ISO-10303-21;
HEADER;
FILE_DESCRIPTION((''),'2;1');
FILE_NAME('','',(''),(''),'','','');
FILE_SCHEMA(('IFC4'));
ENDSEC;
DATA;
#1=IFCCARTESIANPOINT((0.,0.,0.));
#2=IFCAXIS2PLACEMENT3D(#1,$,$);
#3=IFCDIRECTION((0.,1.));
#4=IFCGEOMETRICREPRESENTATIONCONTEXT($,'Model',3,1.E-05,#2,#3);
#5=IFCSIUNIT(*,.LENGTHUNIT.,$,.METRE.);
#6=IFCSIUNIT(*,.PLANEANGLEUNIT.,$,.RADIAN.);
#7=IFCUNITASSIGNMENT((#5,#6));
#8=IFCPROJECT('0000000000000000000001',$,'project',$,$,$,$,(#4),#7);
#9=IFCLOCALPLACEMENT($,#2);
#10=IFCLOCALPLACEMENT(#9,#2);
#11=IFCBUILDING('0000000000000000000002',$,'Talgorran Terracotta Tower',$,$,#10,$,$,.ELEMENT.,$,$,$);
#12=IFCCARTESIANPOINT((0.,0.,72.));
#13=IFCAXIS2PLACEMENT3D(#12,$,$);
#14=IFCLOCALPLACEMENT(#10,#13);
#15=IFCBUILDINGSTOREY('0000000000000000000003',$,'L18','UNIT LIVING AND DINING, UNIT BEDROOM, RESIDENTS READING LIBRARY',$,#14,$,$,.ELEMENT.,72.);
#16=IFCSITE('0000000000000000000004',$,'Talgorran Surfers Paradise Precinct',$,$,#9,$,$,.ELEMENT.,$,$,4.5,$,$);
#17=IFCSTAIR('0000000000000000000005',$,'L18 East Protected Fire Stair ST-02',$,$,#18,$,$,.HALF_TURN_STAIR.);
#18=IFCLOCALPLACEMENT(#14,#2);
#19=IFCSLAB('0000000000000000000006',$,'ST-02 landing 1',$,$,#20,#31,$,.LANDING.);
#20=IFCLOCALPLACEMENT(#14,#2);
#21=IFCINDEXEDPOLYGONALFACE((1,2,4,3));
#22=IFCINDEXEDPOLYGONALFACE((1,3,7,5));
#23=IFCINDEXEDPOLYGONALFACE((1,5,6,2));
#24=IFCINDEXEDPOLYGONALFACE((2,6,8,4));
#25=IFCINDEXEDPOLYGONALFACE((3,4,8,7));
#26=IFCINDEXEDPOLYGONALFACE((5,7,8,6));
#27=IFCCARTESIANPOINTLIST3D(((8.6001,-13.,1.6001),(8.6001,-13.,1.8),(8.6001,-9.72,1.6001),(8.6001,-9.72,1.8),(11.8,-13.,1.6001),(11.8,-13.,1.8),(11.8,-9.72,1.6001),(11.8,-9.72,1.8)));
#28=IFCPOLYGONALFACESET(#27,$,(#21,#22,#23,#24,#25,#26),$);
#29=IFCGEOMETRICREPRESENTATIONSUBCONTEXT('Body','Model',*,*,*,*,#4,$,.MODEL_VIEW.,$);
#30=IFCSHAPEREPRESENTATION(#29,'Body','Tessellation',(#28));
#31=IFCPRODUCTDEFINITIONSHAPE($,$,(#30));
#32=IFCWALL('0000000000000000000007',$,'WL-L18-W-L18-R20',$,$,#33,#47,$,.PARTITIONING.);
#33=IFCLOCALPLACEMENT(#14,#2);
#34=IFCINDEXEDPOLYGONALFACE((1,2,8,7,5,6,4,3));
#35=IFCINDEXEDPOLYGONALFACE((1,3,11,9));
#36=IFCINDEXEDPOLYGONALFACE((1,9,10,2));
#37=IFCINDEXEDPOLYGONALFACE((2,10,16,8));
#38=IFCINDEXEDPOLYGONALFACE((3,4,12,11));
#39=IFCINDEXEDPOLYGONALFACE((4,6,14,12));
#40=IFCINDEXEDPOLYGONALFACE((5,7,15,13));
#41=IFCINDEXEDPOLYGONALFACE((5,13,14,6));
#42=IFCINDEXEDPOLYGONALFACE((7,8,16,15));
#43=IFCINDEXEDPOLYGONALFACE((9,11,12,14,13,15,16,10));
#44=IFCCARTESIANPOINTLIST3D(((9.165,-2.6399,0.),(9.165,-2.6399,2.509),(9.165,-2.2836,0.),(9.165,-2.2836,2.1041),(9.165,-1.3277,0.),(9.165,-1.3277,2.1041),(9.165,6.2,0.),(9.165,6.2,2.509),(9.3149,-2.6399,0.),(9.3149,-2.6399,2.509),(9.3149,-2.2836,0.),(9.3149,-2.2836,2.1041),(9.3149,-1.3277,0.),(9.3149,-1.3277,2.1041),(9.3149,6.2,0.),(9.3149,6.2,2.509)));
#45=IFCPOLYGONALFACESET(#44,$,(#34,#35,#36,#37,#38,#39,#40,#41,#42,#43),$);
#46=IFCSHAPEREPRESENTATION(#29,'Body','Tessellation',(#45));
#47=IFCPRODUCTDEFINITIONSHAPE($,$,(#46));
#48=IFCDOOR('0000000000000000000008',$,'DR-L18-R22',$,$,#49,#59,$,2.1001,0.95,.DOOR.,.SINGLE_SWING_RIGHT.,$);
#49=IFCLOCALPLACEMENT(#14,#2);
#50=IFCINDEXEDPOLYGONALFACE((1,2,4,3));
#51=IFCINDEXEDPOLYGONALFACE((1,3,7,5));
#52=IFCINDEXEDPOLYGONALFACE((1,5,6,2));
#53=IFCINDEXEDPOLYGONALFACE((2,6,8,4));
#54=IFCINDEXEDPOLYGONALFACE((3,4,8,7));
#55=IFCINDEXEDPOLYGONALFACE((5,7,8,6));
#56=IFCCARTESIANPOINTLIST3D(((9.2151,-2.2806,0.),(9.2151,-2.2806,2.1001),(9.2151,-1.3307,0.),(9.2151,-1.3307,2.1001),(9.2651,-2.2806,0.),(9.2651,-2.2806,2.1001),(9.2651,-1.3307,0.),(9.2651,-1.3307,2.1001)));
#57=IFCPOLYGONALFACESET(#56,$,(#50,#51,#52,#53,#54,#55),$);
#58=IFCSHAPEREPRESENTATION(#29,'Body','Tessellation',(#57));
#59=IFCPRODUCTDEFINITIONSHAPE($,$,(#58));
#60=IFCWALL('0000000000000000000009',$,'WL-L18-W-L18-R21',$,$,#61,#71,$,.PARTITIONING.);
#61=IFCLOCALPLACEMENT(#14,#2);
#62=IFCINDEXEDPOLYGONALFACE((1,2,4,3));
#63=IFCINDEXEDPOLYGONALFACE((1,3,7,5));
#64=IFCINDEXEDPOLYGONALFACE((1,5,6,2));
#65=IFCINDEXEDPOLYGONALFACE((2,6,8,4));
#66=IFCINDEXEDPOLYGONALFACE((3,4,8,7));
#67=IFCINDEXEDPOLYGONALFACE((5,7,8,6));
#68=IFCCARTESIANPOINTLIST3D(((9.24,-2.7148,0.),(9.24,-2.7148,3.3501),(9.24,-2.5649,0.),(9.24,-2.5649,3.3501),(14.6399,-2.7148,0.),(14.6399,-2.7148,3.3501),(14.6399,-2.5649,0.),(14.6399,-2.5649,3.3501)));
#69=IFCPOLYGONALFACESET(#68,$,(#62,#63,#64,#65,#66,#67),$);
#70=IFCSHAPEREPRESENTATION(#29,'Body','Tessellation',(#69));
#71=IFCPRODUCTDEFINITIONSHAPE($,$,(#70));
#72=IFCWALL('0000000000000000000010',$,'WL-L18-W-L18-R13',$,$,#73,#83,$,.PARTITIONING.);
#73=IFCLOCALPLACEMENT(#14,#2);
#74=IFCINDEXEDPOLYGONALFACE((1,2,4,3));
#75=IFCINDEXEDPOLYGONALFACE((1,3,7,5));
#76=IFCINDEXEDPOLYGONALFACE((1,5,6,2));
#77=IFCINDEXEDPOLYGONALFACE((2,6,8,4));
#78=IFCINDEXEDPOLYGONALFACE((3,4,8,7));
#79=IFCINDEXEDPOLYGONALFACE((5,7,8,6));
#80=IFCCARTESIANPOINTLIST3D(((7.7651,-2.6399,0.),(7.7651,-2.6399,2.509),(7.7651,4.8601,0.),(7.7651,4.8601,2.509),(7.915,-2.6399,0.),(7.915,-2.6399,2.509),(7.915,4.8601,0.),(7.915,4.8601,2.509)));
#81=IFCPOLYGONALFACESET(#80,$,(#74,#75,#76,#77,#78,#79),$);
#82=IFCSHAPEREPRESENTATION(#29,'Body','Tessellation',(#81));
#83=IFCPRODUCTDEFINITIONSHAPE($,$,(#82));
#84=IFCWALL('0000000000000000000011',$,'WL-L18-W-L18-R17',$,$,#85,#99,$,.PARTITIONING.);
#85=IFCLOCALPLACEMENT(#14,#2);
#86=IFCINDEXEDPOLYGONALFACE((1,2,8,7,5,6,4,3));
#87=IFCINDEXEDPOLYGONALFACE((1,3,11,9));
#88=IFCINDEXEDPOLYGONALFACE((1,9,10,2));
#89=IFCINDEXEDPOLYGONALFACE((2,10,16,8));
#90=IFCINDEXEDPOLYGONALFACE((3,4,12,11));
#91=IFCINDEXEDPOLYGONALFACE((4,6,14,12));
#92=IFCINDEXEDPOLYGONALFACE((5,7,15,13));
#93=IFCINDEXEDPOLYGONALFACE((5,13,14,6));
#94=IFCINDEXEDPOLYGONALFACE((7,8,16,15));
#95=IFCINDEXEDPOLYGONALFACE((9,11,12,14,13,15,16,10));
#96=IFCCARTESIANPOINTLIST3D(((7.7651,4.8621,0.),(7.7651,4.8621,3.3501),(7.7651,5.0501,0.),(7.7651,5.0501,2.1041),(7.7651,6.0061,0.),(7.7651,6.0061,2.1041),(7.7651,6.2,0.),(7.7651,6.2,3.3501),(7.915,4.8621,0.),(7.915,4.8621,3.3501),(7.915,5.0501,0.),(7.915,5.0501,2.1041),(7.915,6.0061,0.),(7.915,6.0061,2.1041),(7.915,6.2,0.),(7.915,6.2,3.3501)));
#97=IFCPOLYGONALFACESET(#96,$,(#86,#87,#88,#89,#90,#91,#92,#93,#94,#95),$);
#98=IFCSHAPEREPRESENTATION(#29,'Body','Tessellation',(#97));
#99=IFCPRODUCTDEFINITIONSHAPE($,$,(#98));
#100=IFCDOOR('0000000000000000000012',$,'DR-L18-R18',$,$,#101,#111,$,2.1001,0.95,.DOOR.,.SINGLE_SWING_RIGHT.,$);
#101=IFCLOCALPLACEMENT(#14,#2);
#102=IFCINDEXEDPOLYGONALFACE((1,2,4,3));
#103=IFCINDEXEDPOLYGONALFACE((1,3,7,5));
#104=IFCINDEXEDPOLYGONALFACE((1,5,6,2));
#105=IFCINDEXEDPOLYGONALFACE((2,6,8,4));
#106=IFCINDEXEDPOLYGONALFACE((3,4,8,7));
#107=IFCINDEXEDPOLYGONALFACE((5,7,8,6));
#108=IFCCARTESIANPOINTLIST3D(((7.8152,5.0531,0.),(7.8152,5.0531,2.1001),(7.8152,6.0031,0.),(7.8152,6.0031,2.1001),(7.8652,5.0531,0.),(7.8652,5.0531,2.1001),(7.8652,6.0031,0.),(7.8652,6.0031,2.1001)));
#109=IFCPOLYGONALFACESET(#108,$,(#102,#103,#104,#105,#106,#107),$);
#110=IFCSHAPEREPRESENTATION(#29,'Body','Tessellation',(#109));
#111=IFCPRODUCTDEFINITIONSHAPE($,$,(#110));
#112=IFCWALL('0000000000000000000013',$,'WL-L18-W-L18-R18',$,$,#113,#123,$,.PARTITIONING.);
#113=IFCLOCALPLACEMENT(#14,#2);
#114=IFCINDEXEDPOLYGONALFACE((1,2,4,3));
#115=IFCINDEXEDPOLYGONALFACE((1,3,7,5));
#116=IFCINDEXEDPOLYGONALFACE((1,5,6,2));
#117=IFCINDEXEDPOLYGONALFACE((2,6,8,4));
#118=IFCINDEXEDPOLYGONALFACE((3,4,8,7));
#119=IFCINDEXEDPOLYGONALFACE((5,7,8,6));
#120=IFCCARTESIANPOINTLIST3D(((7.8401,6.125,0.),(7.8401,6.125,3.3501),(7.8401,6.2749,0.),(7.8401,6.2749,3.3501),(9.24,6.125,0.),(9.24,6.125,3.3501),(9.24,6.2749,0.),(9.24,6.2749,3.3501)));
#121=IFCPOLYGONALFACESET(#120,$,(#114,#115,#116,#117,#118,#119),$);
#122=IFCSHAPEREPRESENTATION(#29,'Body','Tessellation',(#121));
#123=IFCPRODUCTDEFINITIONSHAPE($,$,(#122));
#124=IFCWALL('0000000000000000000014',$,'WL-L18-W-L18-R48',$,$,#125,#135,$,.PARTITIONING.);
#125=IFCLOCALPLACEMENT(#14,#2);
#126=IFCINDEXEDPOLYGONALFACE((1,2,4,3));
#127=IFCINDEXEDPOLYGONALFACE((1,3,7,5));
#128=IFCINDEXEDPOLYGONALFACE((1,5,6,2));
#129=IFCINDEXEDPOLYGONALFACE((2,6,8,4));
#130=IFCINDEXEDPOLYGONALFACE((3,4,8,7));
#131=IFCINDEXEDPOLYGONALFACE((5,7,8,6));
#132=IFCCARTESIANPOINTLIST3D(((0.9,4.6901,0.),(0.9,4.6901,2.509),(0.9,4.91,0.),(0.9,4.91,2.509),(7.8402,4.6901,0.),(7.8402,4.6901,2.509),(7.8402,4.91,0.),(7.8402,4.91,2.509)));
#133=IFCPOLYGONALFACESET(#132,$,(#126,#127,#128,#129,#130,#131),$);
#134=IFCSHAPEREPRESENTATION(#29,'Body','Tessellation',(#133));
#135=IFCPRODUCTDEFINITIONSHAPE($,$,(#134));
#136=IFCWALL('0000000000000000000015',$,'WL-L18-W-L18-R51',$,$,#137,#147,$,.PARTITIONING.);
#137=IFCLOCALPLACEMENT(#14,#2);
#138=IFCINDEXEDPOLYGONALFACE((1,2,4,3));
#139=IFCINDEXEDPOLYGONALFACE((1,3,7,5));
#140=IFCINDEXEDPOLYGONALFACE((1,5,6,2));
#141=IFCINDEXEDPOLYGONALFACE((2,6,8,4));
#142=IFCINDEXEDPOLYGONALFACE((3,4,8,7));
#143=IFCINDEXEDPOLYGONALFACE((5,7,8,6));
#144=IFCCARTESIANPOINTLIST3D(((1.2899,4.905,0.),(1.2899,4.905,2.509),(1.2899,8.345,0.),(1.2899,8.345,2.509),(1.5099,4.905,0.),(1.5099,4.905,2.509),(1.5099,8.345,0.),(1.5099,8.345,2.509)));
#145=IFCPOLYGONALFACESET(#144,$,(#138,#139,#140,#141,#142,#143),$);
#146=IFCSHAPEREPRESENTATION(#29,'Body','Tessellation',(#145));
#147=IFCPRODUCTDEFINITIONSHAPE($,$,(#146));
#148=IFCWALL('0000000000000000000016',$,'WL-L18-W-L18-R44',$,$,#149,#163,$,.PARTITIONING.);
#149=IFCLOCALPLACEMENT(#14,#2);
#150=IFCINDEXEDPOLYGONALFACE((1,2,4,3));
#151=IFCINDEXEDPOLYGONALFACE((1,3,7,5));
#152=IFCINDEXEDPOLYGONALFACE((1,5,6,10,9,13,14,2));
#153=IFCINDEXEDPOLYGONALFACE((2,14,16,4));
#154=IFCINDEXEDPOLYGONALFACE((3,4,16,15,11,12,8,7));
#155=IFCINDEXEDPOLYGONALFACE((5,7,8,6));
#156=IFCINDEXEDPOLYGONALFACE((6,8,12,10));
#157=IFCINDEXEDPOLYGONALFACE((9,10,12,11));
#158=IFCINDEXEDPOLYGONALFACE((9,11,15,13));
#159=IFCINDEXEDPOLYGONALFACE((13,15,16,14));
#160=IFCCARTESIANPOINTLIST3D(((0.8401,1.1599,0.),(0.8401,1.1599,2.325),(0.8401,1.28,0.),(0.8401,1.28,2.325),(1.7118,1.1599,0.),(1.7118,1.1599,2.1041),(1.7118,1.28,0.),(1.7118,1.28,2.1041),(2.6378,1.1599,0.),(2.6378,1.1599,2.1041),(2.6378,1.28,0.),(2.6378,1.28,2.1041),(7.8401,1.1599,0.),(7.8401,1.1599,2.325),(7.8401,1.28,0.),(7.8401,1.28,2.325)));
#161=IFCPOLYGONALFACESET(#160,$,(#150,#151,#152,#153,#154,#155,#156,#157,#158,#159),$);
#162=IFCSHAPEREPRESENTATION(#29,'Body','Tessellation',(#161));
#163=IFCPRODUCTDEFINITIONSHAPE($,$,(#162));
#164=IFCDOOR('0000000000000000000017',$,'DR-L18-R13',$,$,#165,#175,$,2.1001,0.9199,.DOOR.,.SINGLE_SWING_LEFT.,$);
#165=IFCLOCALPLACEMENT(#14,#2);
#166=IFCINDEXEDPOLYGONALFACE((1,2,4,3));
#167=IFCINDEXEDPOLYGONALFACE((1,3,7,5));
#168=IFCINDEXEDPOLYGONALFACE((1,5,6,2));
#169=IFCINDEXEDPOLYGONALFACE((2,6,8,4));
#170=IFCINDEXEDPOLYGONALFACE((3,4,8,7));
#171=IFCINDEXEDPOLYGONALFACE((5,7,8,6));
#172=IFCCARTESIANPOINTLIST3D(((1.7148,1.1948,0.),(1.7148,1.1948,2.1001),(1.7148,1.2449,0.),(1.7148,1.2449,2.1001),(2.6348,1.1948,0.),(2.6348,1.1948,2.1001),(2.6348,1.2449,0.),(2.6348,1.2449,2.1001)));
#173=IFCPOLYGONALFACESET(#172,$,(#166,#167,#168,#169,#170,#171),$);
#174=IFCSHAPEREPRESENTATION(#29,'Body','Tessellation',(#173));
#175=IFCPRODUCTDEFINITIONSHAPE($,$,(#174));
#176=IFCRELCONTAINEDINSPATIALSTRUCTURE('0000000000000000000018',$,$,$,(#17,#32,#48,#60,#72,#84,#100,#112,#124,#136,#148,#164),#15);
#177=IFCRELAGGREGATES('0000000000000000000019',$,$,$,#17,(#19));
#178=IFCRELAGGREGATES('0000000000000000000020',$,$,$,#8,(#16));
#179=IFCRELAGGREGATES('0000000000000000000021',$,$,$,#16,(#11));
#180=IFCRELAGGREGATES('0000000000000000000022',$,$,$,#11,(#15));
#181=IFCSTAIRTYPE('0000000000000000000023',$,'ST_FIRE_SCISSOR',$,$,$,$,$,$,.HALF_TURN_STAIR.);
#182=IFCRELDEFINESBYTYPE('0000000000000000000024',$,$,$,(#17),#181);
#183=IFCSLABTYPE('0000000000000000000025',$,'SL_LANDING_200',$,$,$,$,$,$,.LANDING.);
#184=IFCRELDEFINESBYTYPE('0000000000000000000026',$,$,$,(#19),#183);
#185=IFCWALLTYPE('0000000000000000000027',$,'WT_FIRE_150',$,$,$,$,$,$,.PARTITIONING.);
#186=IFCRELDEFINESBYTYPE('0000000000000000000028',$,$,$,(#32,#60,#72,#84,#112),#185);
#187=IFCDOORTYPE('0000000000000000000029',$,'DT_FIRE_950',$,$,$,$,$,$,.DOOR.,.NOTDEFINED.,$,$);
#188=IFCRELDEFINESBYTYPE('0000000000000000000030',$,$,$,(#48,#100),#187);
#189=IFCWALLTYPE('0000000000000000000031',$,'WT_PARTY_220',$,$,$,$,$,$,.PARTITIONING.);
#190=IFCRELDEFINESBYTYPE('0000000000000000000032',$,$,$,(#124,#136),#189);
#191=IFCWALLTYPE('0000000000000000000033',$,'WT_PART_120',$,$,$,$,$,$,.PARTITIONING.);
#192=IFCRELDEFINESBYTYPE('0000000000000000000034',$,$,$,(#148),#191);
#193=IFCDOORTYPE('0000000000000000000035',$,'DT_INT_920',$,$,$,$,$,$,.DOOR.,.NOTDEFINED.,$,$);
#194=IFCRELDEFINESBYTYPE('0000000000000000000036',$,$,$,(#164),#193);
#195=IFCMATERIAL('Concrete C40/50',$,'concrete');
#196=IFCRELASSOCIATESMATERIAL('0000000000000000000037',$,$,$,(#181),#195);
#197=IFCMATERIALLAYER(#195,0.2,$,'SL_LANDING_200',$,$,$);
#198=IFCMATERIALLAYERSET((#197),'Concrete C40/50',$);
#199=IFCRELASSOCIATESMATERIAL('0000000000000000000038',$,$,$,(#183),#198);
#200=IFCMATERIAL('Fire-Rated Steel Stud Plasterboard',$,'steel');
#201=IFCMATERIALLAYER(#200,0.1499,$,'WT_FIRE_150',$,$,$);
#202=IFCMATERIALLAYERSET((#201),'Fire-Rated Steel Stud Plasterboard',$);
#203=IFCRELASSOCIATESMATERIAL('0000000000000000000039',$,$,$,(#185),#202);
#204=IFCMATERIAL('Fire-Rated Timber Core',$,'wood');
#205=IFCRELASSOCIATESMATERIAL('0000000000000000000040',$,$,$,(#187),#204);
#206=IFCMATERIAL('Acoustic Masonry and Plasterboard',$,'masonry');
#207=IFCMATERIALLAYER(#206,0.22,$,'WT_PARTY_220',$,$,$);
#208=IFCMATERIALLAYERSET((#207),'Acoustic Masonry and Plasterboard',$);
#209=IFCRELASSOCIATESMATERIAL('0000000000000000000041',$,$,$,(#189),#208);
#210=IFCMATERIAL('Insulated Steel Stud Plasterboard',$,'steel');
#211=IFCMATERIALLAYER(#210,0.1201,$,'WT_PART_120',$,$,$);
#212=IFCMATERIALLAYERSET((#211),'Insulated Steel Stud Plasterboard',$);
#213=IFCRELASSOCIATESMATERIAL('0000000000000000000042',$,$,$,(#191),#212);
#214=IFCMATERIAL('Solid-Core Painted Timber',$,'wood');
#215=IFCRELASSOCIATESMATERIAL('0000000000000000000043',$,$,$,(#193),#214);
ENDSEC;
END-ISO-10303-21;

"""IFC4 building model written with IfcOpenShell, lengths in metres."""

from ifc_helpers import new_model, si_unit, direction, frame, frame_2d, origin, place, context, subcontext, project, spatial, polyline, rectangle, outline, extrude, material, layer, layer_set, type_object, element, fill, aggregate, save


model = new_model("IFC4")

# Units and contexts
model_context = context("Model", 3, precision=1e-05, world=origin(), true_north=direction((0.0, 1.0)))
body_context = subcontext(model_context, "Body", "Model", "MODEL_VIEW")
ifc_project = project(units=[si_unit("LENGTHUNIT", "METRE"), si_unit("PLANEANGLEUNIT", "RADIAN")], contexts=[model_context])

# Site, building, storey
site_placement = place(None, origin())
site = spatial("IfcSite", under=ifc_project, at=site_placement, Name="Talgorran Surfers Paradise Precinct", CompositionType="ELEMENT", RefElevation=4.5)
building_placement = place(site_placement, origin())
building = spatial("IfcBuilding", under=site, at=building_placement, Name="Talgorran Terracotta Tower", CompositionType="ELEMENT")
storey_placement = place(building_placement, frame((0.0, 0.0, 72.0)))
storey = spatial("IfcBuildingStorey", under=building, at=storey_placement, Name="L18", Description="UNIT LIVING AND DINING, UNIT BEDROOM, RESIDENTS READING LIBRARY", CompositionType="ELEMENT", Elevation=72.0)

# Shared definitions
ifc_material_1 = material(Name="Concrete C40/50", Category="concrete")

# Stair, slab
stair_type = type_object("IfcStairType", Name="ST_FIRE_SCISSOR", PredefinedType="HALF_TURN_STAIR", material=ifc_material_1)
ifc_layer_1 = layer(ifc_material_1, 0.2, Name="SL_LANDING_200")
ifc_layer_set_1 = layer_set([ifc_layer_1], Name="Concrete C40/50")
slab_type_1 = type_object("IfcSlabType", Name="SL_LANDING_200", PredefinedType="LANDING", material=ifc_layer_set_1)
stair_1_placement = place(storey_placement, origin())
stair_1 = element("IfcStair", 1, at=stair_1_placement, inside=storey, type_object=stair_type, Name="L18 East Protected Fire Stair ST-02", PredefinedType="HALF_TURN_STAIR")
slab_1_placement = place(storey_placement, frame((0.0, 0.0, 1.6001)))
slab_1 = element("IfcSlab", 2, at=slab_1_placement, type_object=slab_type_1, Name="ST-02 landing 1", PredefinedType="LANDING", context=body_context, shape_type="SweptSolid", body=[
    extrude(outline(polyline([(8.6001, -9.72), (8.6001, -13.0), (11.8, -13.0), (11.8, -9.72), (8.6001, -9.72)])), origin(), (0.0, 0.0, 1.0), 0.2),
])
aggregate(stair_1, [slab_1])

# Wall, opening, door
ifc_material_2 = material(Name="Fire-Rated Steel Stud Plasterboard", Category="steel")
ifc_layer_2 = layer(ifc_material_2, 0.1499, Name="WT_FIRE_150")
ifc_layer_set_2 = layer_set([ifc_layer_2], Name="Fire-Rated Steel Stud Plasterboard")
wall_type_1 = type_object("IfcWallType", Name="WT_FIRE_150", PredefinedType="PARTITIONING", material=ifc_layer_set_2)
wall_1_placement = place(storey_placement, frame((9.24, -2.6399, 0.0), z_axis=(0.0, 0.0, 1.0), x_axis=(0.0, 1.0, 0.0)))
wall_1 = element("IfcWall", 3, at=wall_1_placement, inside=storey, type_object=wall_type_1, Name="WL-L18-W-L18-R20", PredefinedType="PARTITIONING", context=body_context, shape_type="SweptSolid", body=[
    extrude(rectangle(XDim=8.8398, YDim=0.1499, at=frame_2d((4.4199, 0.0))), origin(), (0.0, 0.0, 1.0), 2.509),
])
opening_1_placement = place(wall_1_placement, frame((0.3591, 0.0, 0.0)))
opening_1 = element("IfcOpeningElement", 4, at=opening_1_placement, cuts=wall_1, PredefinedType="OPENING", context=body_context, shape_type="SweptSolid", body=[
    extrude(rectangle(XDim=0.956, YDim=2.1041, at=frame_2d((0.4751, 1.052))), frame((0.0, 0.085, 0.0), z_axis=(0.0, -1.0, 0.0), x_axis=(1.0, 0.0, 0.0)), (0.0, 0.0, 1.0), 0.1699),
])
ifc_material_3 = material(Name="Fire-Rated Timber Core", Category="wood")
door_type_1 = type_object("IfcDoorType", Name="DT_FIRE_950", OperationType="NOTDEFINED", PredefinedType="DOOR", material=ifc_material_3)
door_1_placement = place(opening_1_placement, origin())
door_1 = element("IfcDoor", 5, at=door_1_placement, inside=storey, type_object=door_type_1, Name="DR-L18-R22", OperationType="SINGLE_SWING_RIGHT", OverallHeight=2.1001, OverallWidth=0.95, PredefinedType="DOOR", context=body_context, shape_type="SweptSolid", body=[
    extrude(rectangle(XDim=0.95, YDim=2.1001, at=frame_2d((0.4751, 1.05))), frame((0.0, 0.0249, 0.0), z_axis=(0.0, -1.0, 0.0), x_axis=(1.0, 0.0, 0.0)), (0.0, 0.0, 1.0), 0.05),
])
fill(opening_1, door_1)

# Walls
wall_2_placement = place(storey_placement, frame((9.24, -2.6399, 0.0), z_axis=(0.0, 0.0, 1.0), x_axis=(1.0, 0.0, 0.0)))
element("IfcWall", 6, at=wall_2_placement, inside=storey, type_object=wall_type_1, Name="WL-L18-W-L18-R21", PredefinedType="PARTITIONING", context=body_context, shape_type="SweptSolid", body=[
    extrude(rectangle(XDim=5.3999, YDim=0.1499, at=frame_2d((2.7, 0.0))), origin(), (0.0, 0.0, 1.0), 3.3501),
])
wall_3_placement = place(storey_placement, frame((7.8401, -2.6399, 0.0), z_axis=(0.0, 0.0, 1.0), x_axis=(0.0, 1.0, 0.0)))
element("IfcWall", 7, at=wall_3_placement, inside=storey, type_object=wall_type_1, Name="WL-L18-W-L18-R13", PredefinedType="PARTITIONING", context=body_context, shape_type="SweptSolid", body=[
    extrude(rectangle(XDim=7.5, YDim=0.1499, at=frame_2d((3.75, 0.0))), origin(), (0.0, 0.0, 1.0), 2.509),
])

# Wall, opening, door
wall_4_placement = place(storey_placement, frame((7.8401, 4.8621, 0.0), z_axis=(0.0, 0.0, 1.0), x_axis=(0.0, 1.0, 0.0)))
wall_4 = element("IfcWall", 8, at=wall_4_placement, inside=storey, type_object=wall_type_1, Name="WL-L18-W-L18-R17", PredefinedType="PARTITIONING", context=body_context, shape_type="SweptSolid", body=[
    extrude(rectangle(XDim=1.3379, YDim=0.1499, at=frame_2d((0.6689, 0.0))), origin(), (0.0, 0.0, 1.0), 3.3501),
])
opening_2_placement = place(wall_4_placement, frame((0.1909, 0.0, 0.0)))
opening_2 = element("IfcOpeningElement", 9, at=opening_2_placement, cuts=wall_4, PredefinedType="OPENING", context=body_context, shape_type="SweptSolid", body=[
    extrude(rectangle(XDim=0.956, YDim=2.1041, at=frame_2d((0.4751, 1.052))), frame((0.0, 0.085, 0.0), z_axis=(0.0, -1.0, 0.0), x_axis=(1.0, 0.0, 0.0)), (0.0, 0.0, 1.0), 0.1699),
])
door_2_placement = place(opening_2_placement, origin())
door_2 = element("IfcDoor", 10, at=door_2_placement, inside=storey, type_object=door_type_1, Name="DR-L18-R18", OperationType="SINGLE_SWING_RIGHT", OverallHeight=2.1001, OverallWidth=0.95, PredefinedType="DOOR", context=body_context, shape_type="SweptSolid", body=[
    extrude(rectangle(XDim=0.95, YDim=2.1001, at=frame_2d((0.4751, 1.05))), frame((0.0, 0.0249, 0.0), z_axis=(0.0, -1.0, 0.0), x_axis=(1.0, 0.0, 0.0)), (0.0, 0.0, 1.0), 0.05),
])
fill(opening_2, door_2)

# Walls
wall_5_placement = place(storey_placement, frame((7.8401, 6.2, 0.0), z_axis=(0.0, 0.0, 1.0), x_axis=(1.0, 0.0, 0.0)))
element("IfcWall", 11, at=wall_5_placement, inside=storey, type_object=wall_type_1, Name="WL-L18-W-L18-R18", PredefinedType="PARTITIONING", context=body_context, shape_type="SweptSolid", body=[
    extrude(rectangle(XDim=1.3999, YDim=0.1499, at=frame_2d((0.7, 0.0))), origin(), (0.0, 0.0, 1.0), 3.3501),
])
ifc_material_4 = material(Name="Acoustic Masonry and Plasterboard", Category="masonry")
ifc_layer_3 = layer(ifc_material_4, 0.22, Name="WT_PARTY_220")
ifc_layer_set_3 = layer_set([ifc_layer_3], Name="Acoustic Masonry and Plasterboard")
wall_type_2 = type_object("IfcWallType", Name="WT_PARTY_220", PredefinedType="PARTITIONING", material=ifc_layer_set_3)
wall_6_placement = place(storey_placement, frame((0.8999, 4.8, 0.0), z_axis=(0.0, 0.0, 1.0), x_axis=(1.0, 0.0, 0.0)))
element("IfcWall", 12, at=wall_6_placement, inside=storey, type_object=wall_type_2, Name="WL-L18-W-L18-R48", PredefinedType="PARTITIONING", context=body_context, shape_type="SweptSolid", body=[
    extrude(rectangle(XDim=6.9402, YDim=0.22, at=frame_2d((3.4702, 0.0))), origin(), (0.0, 0.0, 1.0), 2.509),
])
wall_7_placement = place(storey_placement, frame((1.3999, 4.905, 0.0), z_axis=(0.0, 0.0, 1.0), x_axis=(0.0, 1.0, 0.0)))
element("IfcWall", 13, at=wall_7_placement, inside=storey, type_object=wall_type_2, Name="WL-L18-W-L18-R51", PredefinedType="PARTITIONING", context=body_context, shape_type="SweptSolid", body=[
    extrude(rectangle(XDim=3.4399, YDim=0.22, at=frame_2d((1.72, 0.0))), origin(), (0.0, 0.0, 1.0), 2.509),
])

# Wall, opening, door
ifc_material_5 = material(Name="Insulated Steel Stud Plasterboard", Category="steel")
ifc_layer_4 = layer(ifc_material_5, 0.1201, Name="WT_PART_120")
ifc_layer_set_4 = layer_set([ifc_layer_4], Name="Insulated Steel Stud Plasterboard")
wall_type_3 = type_object("IfcWallType", Name="WT_PART_120", PredefinedType="PARTITIONING", material=ifc_layer_set_4)
wall_8_placement = place(storey_placement, frame((0.8401, 1.22, 0.0), z_axis=(0.0, 0.0, 1.0), x_axis=(1.0, 0.0, 0.0)))
wall_8 = element("IfcWall", 14, at=wall_8_placement, inside=storey, type_object=wall_type_3, Name="WL-L18-W-L18-R44", PredefinedType="PARTITIONING", context=body_context, shape_type="SweptSolid", body=[
    extrude(rectangle(XDim=7.0, YDim=0.1201, at=frame_2d((3.5, 0.0))), origin(), (0.0, 0.0, 1.0), 2.325),
])
opening_3_placement = place(wall_8_placement, frame((0.8748, 0.0, 0.0)))
opening_3 = element("IfcOpeningElement", 15, at=opening_3_placement, cuts=wall_8, PredefinedType="OPENING", context=body_context, shape_type="SweptSolid", body=[
    extrude(rectangle(XDim=0.9259, YDim=2.1041, at=frame_2d((0.46, 1.052))), frame((0.0, 0.0701, 0.0), z_axis=(0.0, -1.0, 0.0), x_axis=(1.0, 0.0, 0.0)), (0.0, 0.0, 1.0), 0.1401),
])
ifc_material_6 = material(Name="Solid-Core Painted Timber", Category="wood")
door_type_2 = type_object("IfcDoorType", Name="DT_INT_920", OperationType="NOTDEFINED", PredefinedType="DOOR", material=ifc_material_6)
door_3_placement = place(opening_3_placement, origin())
door_3 = element("IfcDoor", 16, at=door_3_placement, inside=storey, type_object=door_type_2, Name="DR-L18-R13", OperationType="SINGLE_SWING_LEFT", OverallHeight=2.1001, OverallWidth=0.9199, PredefinedType="DOOR", context=body_context, shape_type="SweptSolid", body=[
    extrude(rectangle(XDim=0.9199, YDim=2.1001, at=frame_2d((0.46, 1.05))), frame((0.0, 0.0249, 0.0), z_axis=(0.0, -1.0, 0.0), x_axis=(1.0, 0.0, 0.0)), (0.0, 0.0, 1.0), 0.05),
])
fill(opening_3, door_3)

save(model, "model.ifc")
